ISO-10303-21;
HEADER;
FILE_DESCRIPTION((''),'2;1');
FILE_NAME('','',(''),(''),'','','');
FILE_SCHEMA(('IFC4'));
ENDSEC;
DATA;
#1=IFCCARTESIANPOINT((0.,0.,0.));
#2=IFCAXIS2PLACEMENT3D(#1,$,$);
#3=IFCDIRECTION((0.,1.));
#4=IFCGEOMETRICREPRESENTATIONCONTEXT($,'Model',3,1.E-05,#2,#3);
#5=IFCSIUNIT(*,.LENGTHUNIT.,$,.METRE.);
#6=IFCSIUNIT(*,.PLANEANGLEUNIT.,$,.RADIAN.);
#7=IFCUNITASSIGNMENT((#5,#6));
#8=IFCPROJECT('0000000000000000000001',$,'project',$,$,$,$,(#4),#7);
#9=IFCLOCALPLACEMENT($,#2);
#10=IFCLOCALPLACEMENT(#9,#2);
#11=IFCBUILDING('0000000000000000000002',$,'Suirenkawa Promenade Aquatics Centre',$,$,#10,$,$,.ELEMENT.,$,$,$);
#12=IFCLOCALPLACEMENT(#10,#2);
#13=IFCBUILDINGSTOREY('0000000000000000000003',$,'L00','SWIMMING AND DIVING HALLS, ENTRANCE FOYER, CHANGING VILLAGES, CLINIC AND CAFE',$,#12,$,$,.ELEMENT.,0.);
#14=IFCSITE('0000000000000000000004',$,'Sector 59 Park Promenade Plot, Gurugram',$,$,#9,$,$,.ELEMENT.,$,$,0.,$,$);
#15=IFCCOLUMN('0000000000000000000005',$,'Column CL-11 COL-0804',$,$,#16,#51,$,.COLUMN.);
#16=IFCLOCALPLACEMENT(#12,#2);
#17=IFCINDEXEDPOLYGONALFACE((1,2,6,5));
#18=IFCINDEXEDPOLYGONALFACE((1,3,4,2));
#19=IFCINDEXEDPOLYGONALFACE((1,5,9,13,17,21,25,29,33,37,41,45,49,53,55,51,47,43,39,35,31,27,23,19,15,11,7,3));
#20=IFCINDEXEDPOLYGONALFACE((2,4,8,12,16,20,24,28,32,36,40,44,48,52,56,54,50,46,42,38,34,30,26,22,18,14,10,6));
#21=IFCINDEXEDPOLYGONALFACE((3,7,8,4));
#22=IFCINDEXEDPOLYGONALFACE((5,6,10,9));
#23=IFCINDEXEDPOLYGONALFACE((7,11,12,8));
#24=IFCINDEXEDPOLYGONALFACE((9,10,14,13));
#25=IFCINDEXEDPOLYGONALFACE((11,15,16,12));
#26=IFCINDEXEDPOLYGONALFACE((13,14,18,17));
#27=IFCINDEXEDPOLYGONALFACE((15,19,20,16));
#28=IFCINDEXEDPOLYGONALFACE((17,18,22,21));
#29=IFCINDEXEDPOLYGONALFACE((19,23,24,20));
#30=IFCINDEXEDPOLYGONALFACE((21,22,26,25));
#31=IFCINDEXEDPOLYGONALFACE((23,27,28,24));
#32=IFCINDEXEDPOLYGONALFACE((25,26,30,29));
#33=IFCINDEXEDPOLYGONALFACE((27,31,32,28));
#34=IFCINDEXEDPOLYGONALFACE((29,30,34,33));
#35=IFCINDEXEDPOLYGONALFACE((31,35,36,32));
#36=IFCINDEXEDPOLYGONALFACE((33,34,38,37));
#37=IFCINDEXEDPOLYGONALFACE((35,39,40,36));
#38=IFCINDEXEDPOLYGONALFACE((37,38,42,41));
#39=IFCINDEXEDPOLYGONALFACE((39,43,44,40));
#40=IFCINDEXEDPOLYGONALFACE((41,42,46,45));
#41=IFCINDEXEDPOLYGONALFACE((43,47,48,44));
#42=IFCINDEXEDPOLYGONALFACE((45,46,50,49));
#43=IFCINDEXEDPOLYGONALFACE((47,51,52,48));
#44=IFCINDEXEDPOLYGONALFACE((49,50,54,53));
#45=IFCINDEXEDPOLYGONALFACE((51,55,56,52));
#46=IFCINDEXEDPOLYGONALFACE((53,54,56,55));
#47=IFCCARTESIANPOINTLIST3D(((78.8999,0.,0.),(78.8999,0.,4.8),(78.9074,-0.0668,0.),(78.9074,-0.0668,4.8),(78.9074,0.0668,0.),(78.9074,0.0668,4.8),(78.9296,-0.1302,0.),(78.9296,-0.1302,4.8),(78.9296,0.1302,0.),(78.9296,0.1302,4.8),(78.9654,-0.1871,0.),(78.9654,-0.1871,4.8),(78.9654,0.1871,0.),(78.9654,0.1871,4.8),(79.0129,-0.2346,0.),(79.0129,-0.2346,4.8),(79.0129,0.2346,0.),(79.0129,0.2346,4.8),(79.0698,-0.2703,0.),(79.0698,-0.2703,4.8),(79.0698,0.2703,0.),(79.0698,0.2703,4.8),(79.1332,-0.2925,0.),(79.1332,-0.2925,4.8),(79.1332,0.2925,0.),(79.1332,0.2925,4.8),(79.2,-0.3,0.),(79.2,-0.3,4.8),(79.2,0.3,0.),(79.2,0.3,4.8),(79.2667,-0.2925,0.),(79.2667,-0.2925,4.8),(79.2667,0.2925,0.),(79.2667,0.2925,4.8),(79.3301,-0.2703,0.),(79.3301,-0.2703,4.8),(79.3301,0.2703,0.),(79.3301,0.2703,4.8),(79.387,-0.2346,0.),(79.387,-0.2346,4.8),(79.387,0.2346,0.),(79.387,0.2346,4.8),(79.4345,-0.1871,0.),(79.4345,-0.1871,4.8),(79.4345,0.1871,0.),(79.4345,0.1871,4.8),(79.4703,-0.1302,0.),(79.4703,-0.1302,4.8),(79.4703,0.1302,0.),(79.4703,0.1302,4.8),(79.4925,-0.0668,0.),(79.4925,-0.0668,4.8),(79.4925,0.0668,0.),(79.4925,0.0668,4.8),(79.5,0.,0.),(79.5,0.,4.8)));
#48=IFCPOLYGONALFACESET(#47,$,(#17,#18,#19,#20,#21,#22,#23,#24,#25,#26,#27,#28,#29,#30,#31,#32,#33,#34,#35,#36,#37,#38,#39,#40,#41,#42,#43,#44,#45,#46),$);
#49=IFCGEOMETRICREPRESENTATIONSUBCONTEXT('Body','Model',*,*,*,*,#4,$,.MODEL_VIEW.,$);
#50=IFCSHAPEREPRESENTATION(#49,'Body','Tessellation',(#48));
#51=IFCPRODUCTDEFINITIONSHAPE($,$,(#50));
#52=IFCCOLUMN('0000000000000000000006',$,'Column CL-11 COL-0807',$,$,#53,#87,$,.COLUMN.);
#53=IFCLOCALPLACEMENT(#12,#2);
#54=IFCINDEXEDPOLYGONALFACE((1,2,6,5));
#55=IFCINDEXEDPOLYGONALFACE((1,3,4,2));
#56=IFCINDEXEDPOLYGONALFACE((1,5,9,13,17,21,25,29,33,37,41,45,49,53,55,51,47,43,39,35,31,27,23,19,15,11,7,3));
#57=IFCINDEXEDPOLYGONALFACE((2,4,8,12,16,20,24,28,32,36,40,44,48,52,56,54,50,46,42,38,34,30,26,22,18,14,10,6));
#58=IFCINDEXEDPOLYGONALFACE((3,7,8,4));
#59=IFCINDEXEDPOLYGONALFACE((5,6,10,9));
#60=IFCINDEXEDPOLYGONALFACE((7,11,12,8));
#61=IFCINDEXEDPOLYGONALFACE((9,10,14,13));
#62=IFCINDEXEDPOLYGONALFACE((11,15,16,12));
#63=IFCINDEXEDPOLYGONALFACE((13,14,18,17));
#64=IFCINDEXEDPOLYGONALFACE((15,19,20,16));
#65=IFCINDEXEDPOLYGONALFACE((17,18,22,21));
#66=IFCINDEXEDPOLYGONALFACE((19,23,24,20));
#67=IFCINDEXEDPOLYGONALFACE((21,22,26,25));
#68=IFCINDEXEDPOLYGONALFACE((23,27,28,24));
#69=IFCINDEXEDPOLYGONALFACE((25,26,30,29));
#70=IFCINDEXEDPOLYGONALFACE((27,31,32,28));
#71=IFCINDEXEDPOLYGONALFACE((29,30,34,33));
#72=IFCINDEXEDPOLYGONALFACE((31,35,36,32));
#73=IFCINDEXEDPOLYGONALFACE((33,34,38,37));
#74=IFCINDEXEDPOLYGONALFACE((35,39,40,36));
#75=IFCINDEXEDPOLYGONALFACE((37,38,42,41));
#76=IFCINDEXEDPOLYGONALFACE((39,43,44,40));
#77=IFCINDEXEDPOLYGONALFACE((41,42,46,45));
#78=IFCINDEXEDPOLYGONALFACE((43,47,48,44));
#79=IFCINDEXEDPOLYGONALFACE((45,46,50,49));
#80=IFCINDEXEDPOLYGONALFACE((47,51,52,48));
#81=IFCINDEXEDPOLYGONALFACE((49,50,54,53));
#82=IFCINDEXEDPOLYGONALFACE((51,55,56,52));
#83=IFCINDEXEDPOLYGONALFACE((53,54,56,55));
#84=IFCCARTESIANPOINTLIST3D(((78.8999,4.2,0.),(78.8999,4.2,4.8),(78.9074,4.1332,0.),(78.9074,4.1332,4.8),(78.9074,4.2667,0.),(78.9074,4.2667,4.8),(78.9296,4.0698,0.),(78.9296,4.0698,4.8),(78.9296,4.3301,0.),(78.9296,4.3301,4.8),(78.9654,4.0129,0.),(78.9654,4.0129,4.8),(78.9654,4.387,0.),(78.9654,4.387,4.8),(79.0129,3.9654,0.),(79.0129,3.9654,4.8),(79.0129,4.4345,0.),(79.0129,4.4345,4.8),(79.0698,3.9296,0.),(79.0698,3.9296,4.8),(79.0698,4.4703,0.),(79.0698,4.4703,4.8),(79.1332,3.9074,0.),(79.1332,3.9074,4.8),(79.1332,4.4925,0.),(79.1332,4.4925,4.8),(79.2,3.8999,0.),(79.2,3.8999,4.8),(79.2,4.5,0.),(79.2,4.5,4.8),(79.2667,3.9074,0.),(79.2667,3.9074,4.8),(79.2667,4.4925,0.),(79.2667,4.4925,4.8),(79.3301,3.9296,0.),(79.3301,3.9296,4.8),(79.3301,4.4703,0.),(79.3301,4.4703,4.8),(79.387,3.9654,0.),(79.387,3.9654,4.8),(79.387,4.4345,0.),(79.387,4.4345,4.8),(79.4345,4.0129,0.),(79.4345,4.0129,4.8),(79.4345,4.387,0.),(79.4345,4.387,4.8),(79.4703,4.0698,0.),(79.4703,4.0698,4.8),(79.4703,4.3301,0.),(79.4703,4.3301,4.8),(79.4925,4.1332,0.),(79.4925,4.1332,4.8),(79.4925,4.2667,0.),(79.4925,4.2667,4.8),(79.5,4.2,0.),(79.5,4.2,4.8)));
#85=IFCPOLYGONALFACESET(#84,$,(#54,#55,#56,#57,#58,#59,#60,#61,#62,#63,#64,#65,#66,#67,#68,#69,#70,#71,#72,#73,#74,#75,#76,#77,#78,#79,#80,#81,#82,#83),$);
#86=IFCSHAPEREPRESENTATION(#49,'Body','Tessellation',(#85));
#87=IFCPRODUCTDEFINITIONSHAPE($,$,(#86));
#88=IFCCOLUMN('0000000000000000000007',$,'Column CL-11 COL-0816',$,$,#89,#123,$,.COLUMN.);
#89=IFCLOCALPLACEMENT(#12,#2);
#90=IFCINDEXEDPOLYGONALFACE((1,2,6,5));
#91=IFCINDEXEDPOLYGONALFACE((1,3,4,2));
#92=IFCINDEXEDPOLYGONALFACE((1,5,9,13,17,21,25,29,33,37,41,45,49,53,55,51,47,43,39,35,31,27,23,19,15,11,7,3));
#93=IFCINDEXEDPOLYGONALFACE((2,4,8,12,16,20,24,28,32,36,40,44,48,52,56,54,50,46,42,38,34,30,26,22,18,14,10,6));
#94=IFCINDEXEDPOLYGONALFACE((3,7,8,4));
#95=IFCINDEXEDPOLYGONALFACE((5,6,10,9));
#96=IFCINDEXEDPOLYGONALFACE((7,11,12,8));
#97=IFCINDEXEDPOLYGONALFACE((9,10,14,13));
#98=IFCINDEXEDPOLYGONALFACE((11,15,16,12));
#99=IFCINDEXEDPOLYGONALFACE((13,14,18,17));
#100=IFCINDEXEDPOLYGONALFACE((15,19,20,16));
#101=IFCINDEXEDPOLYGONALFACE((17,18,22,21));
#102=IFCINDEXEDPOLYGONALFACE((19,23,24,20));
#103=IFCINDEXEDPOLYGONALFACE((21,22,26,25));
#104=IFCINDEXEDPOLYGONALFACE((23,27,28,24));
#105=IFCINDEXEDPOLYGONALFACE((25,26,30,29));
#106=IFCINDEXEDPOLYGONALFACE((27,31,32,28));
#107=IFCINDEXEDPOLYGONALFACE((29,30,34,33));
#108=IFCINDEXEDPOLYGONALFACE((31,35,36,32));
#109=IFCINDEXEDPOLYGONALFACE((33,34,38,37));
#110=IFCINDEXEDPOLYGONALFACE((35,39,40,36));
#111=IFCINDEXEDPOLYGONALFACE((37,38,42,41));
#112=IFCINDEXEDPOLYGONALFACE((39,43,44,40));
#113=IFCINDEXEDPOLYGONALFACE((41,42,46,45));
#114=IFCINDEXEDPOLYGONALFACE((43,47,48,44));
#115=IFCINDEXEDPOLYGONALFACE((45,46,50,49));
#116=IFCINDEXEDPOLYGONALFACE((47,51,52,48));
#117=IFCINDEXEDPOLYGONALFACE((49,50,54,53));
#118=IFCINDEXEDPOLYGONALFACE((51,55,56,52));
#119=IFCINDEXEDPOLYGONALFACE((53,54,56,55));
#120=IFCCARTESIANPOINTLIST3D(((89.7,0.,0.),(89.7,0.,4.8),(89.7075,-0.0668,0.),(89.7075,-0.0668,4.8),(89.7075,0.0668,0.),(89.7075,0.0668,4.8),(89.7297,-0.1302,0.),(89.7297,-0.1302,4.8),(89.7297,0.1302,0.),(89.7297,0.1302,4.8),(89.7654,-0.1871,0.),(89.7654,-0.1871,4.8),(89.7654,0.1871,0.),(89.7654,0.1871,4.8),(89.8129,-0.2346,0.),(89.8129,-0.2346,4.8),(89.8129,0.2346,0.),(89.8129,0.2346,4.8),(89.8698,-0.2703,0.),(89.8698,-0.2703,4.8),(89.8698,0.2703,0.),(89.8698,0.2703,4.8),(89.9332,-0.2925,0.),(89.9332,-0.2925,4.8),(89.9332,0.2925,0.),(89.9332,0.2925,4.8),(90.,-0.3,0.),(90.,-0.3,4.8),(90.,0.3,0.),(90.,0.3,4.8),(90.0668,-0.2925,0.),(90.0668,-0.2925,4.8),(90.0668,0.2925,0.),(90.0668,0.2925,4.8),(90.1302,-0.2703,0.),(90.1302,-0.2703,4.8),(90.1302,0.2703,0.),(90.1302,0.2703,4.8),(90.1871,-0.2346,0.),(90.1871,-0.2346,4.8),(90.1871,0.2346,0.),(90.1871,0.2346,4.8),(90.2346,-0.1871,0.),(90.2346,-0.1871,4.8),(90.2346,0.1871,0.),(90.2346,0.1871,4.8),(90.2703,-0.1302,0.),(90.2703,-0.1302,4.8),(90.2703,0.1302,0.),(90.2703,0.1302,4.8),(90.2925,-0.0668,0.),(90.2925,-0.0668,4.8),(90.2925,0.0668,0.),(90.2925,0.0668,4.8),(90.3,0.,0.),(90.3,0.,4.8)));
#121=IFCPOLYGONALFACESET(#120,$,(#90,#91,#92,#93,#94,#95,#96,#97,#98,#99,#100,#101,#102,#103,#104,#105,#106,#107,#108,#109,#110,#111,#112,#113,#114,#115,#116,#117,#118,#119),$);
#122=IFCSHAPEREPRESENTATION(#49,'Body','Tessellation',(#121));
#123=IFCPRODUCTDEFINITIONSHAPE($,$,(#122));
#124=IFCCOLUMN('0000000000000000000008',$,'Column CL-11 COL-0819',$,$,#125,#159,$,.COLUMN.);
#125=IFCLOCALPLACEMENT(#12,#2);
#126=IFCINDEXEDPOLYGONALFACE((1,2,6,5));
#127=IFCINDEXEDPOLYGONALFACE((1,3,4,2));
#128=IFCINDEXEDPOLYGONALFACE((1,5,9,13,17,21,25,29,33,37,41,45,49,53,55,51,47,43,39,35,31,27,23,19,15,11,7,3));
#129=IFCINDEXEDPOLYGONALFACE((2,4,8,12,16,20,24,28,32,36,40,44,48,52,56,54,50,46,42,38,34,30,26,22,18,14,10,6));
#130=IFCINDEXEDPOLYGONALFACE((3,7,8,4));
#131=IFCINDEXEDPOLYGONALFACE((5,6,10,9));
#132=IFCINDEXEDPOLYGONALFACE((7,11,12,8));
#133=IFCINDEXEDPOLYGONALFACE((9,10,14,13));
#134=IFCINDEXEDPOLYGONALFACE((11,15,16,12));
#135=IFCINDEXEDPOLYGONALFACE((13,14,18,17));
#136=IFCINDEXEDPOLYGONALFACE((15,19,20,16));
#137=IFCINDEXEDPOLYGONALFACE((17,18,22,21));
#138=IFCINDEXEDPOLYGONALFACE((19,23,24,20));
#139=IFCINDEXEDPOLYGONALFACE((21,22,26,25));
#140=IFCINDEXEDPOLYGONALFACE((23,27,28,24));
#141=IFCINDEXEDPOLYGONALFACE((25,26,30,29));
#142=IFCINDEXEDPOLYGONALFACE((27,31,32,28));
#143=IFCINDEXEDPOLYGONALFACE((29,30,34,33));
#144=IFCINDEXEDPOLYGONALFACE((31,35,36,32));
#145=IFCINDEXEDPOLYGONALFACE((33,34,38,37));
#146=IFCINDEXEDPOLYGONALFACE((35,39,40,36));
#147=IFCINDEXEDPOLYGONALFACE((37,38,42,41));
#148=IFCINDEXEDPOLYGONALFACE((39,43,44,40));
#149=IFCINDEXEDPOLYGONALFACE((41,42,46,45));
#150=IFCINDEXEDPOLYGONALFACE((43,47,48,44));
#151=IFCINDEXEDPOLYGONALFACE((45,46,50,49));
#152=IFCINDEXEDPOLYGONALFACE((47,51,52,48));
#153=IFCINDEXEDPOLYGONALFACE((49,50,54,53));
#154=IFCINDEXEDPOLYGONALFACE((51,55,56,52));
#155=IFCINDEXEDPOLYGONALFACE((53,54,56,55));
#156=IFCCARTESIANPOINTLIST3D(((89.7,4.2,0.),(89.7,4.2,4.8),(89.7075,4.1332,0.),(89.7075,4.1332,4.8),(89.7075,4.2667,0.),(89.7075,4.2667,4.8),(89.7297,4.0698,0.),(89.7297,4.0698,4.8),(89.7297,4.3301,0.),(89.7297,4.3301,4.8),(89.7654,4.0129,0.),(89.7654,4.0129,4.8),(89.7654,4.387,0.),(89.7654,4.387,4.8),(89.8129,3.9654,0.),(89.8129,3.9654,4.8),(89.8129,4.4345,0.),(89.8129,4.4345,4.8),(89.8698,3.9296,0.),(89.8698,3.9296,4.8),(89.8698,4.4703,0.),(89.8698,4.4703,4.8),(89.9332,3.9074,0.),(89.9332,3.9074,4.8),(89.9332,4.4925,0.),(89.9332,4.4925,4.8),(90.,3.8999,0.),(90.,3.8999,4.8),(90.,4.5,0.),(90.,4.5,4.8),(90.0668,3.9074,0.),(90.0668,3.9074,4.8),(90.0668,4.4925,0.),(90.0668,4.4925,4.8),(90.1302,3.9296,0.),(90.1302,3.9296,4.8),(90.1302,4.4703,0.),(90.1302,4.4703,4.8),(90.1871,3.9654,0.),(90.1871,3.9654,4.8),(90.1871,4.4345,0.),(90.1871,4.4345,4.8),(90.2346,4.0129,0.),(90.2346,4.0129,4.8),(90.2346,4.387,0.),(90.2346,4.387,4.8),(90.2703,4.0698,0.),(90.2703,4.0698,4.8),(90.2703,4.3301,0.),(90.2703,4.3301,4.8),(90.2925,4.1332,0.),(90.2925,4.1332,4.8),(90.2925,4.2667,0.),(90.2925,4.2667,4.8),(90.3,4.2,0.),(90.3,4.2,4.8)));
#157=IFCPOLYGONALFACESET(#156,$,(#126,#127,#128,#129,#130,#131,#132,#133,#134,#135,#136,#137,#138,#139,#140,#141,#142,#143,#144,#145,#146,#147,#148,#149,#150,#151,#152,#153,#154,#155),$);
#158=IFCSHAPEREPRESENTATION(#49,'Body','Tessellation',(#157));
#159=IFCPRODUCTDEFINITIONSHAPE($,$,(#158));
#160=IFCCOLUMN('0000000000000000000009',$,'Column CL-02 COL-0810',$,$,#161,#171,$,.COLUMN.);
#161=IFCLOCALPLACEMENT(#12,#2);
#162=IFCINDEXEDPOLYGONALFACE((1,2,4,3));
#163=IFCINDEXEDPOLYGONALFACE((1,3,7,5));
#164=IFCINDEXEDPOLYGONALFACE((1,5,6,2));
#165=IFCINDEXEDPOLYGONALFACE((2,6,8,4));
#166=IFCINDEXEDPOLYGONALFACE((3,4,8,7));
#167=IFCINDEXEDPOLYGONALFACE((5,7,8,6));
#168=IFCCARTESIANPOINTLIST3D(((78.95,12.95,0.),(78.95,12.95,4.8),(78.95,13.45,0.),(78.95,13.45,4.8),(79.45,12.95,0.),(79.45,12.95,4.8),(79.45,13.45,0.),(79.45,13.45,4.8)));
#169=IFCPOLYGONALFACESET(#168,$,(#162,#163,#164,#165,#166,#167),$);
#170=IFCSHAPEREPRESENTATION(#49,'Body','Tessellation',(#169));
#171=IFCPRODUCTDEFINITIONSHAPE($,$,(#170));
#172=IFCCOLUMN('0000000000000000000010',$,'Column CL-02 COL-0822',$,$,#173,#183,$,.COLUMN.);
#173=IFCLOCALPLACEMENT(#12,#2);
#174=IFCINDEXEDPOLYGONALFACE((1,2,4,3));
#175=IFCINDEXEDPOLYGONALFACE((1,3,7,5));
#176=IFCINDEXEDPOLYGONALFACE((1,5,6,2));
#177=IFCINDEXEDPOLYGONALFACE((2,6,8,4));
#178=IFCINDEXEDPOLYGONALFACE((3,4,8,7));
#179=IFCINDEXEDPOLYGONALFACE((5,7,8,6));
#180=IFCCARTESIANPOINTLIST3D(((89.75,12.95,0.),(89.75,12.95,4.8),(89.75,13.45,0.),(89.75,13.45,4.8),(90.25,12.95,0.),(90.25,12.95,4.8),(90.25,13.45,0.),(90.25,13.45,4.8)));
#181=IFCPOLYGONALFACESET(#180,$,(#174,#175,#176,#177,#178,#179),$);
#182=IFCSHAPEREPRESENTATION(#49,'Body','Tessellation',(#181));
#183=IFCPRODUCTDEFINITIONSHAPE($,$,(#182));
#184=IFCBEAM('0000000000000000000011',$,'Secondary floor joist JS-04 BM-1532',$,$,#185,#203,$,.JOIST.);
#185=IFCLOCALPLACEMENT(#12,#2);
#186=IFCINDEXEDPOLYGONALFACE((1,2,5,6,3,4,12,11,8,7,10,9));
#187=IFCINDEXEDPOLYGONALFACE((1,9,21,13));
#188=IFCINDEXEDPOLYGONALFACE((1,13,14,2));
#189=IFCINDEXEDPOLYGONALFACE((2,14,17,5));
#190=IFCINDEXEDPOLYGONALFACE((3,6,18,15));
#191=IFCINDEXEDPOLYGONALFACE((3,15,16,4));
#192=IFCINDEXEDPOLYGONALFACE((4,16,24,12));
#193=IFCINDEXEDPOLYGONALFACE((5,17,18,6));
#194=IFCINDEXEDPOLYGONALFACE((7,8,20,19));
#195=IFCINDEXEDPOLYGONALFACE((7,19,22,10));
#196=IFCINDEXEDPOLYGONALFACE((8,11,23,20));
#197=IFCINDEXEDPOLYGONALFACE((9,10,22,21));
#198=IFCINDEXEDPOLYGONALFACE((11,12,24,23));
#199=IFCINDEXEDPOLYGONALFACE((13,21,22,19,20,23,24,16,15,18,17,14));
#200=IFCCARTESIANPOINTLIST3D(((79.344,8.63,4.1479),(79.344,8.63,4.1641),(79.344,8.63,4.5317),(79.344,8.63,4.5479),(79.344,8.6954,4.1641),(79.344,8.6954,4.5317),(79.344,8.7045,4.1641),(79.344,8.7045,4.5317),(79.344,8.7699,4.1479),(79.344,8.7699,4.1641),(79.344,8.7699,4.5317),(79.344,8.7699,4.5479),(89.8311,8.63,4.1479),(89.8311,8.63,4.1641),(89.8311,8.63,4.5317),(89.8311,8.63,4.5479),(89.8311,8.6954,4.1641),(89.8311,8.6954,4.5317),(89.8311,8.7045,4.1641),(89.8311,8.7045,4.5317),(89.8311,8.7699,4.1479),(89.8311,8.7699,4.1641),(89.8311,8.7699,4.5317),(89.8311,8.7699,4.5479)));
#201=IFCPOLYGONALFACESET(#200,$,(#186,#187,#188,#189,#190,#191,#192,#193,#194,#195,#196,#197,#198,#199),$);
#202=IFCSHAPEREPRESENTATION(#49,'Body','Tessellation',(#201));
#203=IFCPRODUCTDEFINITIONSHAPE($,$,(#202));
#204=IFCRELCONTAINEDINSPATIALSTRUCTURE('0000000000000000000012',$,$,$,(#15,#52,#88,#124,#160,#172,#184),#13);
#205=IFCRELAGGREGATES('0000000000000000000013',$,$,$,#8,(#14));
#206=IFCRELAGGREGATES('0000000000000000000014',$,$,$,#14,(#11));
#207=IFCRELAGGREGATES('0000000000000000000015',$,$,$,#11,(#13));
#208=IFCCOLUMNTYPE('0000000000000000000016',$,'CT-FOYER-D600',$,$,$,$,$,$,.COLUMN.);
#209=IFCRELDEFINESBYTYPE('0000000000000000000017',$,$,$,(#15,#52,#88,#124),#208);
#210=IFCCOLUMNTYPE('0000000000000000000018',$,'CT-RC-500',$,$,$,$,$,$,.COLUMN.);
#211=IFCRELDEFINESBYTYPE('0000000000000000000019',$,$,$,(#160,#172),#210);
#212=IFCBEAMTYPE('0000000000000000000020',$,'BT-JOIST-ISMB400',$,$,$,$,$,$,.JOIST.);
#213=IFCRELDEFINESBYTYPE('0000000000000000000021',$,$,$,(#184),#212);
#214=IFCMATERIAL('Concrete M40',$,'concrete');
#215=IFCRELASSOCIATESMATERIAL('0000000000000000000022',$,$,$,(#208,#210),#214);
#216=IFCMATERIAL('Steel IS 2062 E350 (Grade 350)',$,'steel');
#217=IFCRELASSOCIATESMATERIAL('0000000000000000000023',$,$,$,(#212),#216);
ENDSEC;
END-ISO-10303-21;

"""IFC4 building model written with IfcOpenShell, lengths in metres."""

from ifc_helpers import new_model, si_unit, direction, frame, origin, origin_2d, place, context, subcontext, project, spatial, rectangle, circle, i_section, extrude, material, material_profile, profile_set, type_object, element, save


model = new_model("IFC4")

# Units and contexts
model_context = context("Model", 3, precision=1e-05, world=origin(), true_north=direction((0.0, 1.0)))
body_context = subcontext(model_context, "Body", "Model", "MODEL_VIEW")
ifc_project = project(units=[si_unit("LENGTHUNIT", "METRE"), si_unit("PLANEANGLEUNIT", "RADIAN")], contexts=[model_context])

# Site, building, storey
site_placement = place(None, origin())
site = spatial("IfcSite", under=ifc_project, at=site_placement, Name="Sector 59 Park Promenade Plot, Gurugram", CompositionType="ELEMENT", RefElevation=0.0)
building_placement = place(site_placement, origin())
building = spatial("IfcBuilding", under=site, at=building_placement, Name="Suirenkawa Promenade Aquatics Centre", CompositionType="ELEMENT")
storey_placement = place(building_placement, origin())
storey = spatial("IfcBuildingStorey", under=building, at=storey_placement, Name="L00", Description="SWIMMING AND DIVING HALLS, ENTRANCE FOYER, CHANGING VILLAGES, CLINIC AND CAFE", CompositionType="ELEMENT", Elevation=0.0)

# Columns
ifc_material_1 = material(Name="Concrete M40", Category="concrete")
ifc_material_profile_1 = material_profile(ifc_material_1, circle(Radius=0.3, at=origin_2d()), Name="RC FOYER D600", Category="concrete")
ifc_profile_set_1 = profile_set([ifc_material_profile_1], Name="Concrete M40")
column_type_1 = type_object("IfcColumnType", Name="CT-FOYER-D600", PredefinedType="COLUMN", material=ifc_profile_set_1)
for number, where, z_axis, x_axis, name in (
    (1, (79.2, 0.0, 0.0), (0.0, 0.0, 1.0), (1.0, 0.0, 0.0), "Column CL-11 COL-0804"),
    (2, (79.2, 4.2, 0.0), (0.0, 0.0, 1.0), (1.0, 0.0, 0.0), "Column CL-11 COL-0807"),
    (3, (90.0, 0.0, 0.0), (0.0, 0.0, 1.0), (1.0, 0.0, 0.0), "Column CL-11 COL-0816"),
    (4, (90.0, 4.2, 0.0), (0.0, 0.0, 1.0), (1.0, 0.0, 0.0), "Column CL-11 COL-0819"),
):
    element("IfcColumn", number, at=place(storey_placement, frame(where, z_axis=z_axis, x_axis=x_axis)), inside=storey, type_object=column_type_1, Name=name, PredefinedType="COLUMN", context=body_context, shape_type="SweptSolid", body=[
        extrude(circle(Radius=0.3, at=origin_2d()), origin(), (0.0, 0.0, 1.0), 4.8),
    ])
ifc_material_profile_2 = material_profile(ifc_material_1, rectangle(XDim=0.5, YDim=0.5, at=origin_2d()), Name="RC COL 500x500", Category="concrete")
ifc_profile_set_2 = profile_set([ifc_material_profile_2], Name="Concrete M40")
column_type_2 = type_object("IfcColumnType", Name="CT-RC-500", PredefinedType="COLUMN", material=ifc_profile_set_2)
for number, where, z_axis, x_axis, name in (
    (5, (79.2, 13.2, 0.0), (0.0, 0.0, 1.0), (1.0, 0.0, 0.0), "Column CL-02 COL-0810"),
    (6, (90.0, 13.2, 0.0), (0.0, 0.0, 1.0), (1.0, 0.0, 0.0), "Column CL-02 COL-0822"),
):
    element("IfcColumn", number, at=place(storey_placement, frame(where, z_axis=z_axis, x_axis=x_axis)), inside=storey, type_object=column_type_2, Name=name, PredefinedType="COLUMN", context=body_context, shape_type="SweptSolid", body=[
        extrude(rectangle(XDim=0.5, YDim=0.5, at=origin_2d()), origin(), (0.0, 0.0, 1.0), 4.8),
    ])

# Beam
ifc_material_2 = material(Name="Steel IS 2062 E350 (Grade 350)", Category="steel")
ifc_material_profile_3 = material_profile(ifc_material_2, i_section(OverallWidth=0.1399, OverallDepth=0.3999, WebThickness=0.009, FlangeThickness=0.0161, at=origin_2d()), Name="ISMB 400", Category="steel")
ifc_profile_set_3 = profile_set([ifc_material_profile_3], Name="Steel IS 2062 E350 (Grade 350)")
beam_type_1 = type_object("IfcBeamType", Name="BT-JOIST-ISMB400", PredefinedType="JOIST", material=ifc_profile_set_3)
beam_1_placement = place(storey_placement, frame((79.344, 8.7, 4.3479), z_axis=(1.0, 0.0, 0.0), x_axis=(0.0, 1.0, 0.0)))
element("IfcBeam", 7, at=beam_1_placement, inside=storey, type_object=beam_type_1, Name="Secondary floor joist JS-04 BM-1532", PredefinedType="JOIST", context=body_context, shape_type="SweptSolid", body=[
    extrude(i_section(OverallWidth=0.1399, OverallDepth=0.3999, WebThickness=0.009, FlangeThickness=0.0161, at=origin_2d()), origin(), (0.0, 0.0, 1.0), 10.4871),
])

save(model, "model.ifc")
